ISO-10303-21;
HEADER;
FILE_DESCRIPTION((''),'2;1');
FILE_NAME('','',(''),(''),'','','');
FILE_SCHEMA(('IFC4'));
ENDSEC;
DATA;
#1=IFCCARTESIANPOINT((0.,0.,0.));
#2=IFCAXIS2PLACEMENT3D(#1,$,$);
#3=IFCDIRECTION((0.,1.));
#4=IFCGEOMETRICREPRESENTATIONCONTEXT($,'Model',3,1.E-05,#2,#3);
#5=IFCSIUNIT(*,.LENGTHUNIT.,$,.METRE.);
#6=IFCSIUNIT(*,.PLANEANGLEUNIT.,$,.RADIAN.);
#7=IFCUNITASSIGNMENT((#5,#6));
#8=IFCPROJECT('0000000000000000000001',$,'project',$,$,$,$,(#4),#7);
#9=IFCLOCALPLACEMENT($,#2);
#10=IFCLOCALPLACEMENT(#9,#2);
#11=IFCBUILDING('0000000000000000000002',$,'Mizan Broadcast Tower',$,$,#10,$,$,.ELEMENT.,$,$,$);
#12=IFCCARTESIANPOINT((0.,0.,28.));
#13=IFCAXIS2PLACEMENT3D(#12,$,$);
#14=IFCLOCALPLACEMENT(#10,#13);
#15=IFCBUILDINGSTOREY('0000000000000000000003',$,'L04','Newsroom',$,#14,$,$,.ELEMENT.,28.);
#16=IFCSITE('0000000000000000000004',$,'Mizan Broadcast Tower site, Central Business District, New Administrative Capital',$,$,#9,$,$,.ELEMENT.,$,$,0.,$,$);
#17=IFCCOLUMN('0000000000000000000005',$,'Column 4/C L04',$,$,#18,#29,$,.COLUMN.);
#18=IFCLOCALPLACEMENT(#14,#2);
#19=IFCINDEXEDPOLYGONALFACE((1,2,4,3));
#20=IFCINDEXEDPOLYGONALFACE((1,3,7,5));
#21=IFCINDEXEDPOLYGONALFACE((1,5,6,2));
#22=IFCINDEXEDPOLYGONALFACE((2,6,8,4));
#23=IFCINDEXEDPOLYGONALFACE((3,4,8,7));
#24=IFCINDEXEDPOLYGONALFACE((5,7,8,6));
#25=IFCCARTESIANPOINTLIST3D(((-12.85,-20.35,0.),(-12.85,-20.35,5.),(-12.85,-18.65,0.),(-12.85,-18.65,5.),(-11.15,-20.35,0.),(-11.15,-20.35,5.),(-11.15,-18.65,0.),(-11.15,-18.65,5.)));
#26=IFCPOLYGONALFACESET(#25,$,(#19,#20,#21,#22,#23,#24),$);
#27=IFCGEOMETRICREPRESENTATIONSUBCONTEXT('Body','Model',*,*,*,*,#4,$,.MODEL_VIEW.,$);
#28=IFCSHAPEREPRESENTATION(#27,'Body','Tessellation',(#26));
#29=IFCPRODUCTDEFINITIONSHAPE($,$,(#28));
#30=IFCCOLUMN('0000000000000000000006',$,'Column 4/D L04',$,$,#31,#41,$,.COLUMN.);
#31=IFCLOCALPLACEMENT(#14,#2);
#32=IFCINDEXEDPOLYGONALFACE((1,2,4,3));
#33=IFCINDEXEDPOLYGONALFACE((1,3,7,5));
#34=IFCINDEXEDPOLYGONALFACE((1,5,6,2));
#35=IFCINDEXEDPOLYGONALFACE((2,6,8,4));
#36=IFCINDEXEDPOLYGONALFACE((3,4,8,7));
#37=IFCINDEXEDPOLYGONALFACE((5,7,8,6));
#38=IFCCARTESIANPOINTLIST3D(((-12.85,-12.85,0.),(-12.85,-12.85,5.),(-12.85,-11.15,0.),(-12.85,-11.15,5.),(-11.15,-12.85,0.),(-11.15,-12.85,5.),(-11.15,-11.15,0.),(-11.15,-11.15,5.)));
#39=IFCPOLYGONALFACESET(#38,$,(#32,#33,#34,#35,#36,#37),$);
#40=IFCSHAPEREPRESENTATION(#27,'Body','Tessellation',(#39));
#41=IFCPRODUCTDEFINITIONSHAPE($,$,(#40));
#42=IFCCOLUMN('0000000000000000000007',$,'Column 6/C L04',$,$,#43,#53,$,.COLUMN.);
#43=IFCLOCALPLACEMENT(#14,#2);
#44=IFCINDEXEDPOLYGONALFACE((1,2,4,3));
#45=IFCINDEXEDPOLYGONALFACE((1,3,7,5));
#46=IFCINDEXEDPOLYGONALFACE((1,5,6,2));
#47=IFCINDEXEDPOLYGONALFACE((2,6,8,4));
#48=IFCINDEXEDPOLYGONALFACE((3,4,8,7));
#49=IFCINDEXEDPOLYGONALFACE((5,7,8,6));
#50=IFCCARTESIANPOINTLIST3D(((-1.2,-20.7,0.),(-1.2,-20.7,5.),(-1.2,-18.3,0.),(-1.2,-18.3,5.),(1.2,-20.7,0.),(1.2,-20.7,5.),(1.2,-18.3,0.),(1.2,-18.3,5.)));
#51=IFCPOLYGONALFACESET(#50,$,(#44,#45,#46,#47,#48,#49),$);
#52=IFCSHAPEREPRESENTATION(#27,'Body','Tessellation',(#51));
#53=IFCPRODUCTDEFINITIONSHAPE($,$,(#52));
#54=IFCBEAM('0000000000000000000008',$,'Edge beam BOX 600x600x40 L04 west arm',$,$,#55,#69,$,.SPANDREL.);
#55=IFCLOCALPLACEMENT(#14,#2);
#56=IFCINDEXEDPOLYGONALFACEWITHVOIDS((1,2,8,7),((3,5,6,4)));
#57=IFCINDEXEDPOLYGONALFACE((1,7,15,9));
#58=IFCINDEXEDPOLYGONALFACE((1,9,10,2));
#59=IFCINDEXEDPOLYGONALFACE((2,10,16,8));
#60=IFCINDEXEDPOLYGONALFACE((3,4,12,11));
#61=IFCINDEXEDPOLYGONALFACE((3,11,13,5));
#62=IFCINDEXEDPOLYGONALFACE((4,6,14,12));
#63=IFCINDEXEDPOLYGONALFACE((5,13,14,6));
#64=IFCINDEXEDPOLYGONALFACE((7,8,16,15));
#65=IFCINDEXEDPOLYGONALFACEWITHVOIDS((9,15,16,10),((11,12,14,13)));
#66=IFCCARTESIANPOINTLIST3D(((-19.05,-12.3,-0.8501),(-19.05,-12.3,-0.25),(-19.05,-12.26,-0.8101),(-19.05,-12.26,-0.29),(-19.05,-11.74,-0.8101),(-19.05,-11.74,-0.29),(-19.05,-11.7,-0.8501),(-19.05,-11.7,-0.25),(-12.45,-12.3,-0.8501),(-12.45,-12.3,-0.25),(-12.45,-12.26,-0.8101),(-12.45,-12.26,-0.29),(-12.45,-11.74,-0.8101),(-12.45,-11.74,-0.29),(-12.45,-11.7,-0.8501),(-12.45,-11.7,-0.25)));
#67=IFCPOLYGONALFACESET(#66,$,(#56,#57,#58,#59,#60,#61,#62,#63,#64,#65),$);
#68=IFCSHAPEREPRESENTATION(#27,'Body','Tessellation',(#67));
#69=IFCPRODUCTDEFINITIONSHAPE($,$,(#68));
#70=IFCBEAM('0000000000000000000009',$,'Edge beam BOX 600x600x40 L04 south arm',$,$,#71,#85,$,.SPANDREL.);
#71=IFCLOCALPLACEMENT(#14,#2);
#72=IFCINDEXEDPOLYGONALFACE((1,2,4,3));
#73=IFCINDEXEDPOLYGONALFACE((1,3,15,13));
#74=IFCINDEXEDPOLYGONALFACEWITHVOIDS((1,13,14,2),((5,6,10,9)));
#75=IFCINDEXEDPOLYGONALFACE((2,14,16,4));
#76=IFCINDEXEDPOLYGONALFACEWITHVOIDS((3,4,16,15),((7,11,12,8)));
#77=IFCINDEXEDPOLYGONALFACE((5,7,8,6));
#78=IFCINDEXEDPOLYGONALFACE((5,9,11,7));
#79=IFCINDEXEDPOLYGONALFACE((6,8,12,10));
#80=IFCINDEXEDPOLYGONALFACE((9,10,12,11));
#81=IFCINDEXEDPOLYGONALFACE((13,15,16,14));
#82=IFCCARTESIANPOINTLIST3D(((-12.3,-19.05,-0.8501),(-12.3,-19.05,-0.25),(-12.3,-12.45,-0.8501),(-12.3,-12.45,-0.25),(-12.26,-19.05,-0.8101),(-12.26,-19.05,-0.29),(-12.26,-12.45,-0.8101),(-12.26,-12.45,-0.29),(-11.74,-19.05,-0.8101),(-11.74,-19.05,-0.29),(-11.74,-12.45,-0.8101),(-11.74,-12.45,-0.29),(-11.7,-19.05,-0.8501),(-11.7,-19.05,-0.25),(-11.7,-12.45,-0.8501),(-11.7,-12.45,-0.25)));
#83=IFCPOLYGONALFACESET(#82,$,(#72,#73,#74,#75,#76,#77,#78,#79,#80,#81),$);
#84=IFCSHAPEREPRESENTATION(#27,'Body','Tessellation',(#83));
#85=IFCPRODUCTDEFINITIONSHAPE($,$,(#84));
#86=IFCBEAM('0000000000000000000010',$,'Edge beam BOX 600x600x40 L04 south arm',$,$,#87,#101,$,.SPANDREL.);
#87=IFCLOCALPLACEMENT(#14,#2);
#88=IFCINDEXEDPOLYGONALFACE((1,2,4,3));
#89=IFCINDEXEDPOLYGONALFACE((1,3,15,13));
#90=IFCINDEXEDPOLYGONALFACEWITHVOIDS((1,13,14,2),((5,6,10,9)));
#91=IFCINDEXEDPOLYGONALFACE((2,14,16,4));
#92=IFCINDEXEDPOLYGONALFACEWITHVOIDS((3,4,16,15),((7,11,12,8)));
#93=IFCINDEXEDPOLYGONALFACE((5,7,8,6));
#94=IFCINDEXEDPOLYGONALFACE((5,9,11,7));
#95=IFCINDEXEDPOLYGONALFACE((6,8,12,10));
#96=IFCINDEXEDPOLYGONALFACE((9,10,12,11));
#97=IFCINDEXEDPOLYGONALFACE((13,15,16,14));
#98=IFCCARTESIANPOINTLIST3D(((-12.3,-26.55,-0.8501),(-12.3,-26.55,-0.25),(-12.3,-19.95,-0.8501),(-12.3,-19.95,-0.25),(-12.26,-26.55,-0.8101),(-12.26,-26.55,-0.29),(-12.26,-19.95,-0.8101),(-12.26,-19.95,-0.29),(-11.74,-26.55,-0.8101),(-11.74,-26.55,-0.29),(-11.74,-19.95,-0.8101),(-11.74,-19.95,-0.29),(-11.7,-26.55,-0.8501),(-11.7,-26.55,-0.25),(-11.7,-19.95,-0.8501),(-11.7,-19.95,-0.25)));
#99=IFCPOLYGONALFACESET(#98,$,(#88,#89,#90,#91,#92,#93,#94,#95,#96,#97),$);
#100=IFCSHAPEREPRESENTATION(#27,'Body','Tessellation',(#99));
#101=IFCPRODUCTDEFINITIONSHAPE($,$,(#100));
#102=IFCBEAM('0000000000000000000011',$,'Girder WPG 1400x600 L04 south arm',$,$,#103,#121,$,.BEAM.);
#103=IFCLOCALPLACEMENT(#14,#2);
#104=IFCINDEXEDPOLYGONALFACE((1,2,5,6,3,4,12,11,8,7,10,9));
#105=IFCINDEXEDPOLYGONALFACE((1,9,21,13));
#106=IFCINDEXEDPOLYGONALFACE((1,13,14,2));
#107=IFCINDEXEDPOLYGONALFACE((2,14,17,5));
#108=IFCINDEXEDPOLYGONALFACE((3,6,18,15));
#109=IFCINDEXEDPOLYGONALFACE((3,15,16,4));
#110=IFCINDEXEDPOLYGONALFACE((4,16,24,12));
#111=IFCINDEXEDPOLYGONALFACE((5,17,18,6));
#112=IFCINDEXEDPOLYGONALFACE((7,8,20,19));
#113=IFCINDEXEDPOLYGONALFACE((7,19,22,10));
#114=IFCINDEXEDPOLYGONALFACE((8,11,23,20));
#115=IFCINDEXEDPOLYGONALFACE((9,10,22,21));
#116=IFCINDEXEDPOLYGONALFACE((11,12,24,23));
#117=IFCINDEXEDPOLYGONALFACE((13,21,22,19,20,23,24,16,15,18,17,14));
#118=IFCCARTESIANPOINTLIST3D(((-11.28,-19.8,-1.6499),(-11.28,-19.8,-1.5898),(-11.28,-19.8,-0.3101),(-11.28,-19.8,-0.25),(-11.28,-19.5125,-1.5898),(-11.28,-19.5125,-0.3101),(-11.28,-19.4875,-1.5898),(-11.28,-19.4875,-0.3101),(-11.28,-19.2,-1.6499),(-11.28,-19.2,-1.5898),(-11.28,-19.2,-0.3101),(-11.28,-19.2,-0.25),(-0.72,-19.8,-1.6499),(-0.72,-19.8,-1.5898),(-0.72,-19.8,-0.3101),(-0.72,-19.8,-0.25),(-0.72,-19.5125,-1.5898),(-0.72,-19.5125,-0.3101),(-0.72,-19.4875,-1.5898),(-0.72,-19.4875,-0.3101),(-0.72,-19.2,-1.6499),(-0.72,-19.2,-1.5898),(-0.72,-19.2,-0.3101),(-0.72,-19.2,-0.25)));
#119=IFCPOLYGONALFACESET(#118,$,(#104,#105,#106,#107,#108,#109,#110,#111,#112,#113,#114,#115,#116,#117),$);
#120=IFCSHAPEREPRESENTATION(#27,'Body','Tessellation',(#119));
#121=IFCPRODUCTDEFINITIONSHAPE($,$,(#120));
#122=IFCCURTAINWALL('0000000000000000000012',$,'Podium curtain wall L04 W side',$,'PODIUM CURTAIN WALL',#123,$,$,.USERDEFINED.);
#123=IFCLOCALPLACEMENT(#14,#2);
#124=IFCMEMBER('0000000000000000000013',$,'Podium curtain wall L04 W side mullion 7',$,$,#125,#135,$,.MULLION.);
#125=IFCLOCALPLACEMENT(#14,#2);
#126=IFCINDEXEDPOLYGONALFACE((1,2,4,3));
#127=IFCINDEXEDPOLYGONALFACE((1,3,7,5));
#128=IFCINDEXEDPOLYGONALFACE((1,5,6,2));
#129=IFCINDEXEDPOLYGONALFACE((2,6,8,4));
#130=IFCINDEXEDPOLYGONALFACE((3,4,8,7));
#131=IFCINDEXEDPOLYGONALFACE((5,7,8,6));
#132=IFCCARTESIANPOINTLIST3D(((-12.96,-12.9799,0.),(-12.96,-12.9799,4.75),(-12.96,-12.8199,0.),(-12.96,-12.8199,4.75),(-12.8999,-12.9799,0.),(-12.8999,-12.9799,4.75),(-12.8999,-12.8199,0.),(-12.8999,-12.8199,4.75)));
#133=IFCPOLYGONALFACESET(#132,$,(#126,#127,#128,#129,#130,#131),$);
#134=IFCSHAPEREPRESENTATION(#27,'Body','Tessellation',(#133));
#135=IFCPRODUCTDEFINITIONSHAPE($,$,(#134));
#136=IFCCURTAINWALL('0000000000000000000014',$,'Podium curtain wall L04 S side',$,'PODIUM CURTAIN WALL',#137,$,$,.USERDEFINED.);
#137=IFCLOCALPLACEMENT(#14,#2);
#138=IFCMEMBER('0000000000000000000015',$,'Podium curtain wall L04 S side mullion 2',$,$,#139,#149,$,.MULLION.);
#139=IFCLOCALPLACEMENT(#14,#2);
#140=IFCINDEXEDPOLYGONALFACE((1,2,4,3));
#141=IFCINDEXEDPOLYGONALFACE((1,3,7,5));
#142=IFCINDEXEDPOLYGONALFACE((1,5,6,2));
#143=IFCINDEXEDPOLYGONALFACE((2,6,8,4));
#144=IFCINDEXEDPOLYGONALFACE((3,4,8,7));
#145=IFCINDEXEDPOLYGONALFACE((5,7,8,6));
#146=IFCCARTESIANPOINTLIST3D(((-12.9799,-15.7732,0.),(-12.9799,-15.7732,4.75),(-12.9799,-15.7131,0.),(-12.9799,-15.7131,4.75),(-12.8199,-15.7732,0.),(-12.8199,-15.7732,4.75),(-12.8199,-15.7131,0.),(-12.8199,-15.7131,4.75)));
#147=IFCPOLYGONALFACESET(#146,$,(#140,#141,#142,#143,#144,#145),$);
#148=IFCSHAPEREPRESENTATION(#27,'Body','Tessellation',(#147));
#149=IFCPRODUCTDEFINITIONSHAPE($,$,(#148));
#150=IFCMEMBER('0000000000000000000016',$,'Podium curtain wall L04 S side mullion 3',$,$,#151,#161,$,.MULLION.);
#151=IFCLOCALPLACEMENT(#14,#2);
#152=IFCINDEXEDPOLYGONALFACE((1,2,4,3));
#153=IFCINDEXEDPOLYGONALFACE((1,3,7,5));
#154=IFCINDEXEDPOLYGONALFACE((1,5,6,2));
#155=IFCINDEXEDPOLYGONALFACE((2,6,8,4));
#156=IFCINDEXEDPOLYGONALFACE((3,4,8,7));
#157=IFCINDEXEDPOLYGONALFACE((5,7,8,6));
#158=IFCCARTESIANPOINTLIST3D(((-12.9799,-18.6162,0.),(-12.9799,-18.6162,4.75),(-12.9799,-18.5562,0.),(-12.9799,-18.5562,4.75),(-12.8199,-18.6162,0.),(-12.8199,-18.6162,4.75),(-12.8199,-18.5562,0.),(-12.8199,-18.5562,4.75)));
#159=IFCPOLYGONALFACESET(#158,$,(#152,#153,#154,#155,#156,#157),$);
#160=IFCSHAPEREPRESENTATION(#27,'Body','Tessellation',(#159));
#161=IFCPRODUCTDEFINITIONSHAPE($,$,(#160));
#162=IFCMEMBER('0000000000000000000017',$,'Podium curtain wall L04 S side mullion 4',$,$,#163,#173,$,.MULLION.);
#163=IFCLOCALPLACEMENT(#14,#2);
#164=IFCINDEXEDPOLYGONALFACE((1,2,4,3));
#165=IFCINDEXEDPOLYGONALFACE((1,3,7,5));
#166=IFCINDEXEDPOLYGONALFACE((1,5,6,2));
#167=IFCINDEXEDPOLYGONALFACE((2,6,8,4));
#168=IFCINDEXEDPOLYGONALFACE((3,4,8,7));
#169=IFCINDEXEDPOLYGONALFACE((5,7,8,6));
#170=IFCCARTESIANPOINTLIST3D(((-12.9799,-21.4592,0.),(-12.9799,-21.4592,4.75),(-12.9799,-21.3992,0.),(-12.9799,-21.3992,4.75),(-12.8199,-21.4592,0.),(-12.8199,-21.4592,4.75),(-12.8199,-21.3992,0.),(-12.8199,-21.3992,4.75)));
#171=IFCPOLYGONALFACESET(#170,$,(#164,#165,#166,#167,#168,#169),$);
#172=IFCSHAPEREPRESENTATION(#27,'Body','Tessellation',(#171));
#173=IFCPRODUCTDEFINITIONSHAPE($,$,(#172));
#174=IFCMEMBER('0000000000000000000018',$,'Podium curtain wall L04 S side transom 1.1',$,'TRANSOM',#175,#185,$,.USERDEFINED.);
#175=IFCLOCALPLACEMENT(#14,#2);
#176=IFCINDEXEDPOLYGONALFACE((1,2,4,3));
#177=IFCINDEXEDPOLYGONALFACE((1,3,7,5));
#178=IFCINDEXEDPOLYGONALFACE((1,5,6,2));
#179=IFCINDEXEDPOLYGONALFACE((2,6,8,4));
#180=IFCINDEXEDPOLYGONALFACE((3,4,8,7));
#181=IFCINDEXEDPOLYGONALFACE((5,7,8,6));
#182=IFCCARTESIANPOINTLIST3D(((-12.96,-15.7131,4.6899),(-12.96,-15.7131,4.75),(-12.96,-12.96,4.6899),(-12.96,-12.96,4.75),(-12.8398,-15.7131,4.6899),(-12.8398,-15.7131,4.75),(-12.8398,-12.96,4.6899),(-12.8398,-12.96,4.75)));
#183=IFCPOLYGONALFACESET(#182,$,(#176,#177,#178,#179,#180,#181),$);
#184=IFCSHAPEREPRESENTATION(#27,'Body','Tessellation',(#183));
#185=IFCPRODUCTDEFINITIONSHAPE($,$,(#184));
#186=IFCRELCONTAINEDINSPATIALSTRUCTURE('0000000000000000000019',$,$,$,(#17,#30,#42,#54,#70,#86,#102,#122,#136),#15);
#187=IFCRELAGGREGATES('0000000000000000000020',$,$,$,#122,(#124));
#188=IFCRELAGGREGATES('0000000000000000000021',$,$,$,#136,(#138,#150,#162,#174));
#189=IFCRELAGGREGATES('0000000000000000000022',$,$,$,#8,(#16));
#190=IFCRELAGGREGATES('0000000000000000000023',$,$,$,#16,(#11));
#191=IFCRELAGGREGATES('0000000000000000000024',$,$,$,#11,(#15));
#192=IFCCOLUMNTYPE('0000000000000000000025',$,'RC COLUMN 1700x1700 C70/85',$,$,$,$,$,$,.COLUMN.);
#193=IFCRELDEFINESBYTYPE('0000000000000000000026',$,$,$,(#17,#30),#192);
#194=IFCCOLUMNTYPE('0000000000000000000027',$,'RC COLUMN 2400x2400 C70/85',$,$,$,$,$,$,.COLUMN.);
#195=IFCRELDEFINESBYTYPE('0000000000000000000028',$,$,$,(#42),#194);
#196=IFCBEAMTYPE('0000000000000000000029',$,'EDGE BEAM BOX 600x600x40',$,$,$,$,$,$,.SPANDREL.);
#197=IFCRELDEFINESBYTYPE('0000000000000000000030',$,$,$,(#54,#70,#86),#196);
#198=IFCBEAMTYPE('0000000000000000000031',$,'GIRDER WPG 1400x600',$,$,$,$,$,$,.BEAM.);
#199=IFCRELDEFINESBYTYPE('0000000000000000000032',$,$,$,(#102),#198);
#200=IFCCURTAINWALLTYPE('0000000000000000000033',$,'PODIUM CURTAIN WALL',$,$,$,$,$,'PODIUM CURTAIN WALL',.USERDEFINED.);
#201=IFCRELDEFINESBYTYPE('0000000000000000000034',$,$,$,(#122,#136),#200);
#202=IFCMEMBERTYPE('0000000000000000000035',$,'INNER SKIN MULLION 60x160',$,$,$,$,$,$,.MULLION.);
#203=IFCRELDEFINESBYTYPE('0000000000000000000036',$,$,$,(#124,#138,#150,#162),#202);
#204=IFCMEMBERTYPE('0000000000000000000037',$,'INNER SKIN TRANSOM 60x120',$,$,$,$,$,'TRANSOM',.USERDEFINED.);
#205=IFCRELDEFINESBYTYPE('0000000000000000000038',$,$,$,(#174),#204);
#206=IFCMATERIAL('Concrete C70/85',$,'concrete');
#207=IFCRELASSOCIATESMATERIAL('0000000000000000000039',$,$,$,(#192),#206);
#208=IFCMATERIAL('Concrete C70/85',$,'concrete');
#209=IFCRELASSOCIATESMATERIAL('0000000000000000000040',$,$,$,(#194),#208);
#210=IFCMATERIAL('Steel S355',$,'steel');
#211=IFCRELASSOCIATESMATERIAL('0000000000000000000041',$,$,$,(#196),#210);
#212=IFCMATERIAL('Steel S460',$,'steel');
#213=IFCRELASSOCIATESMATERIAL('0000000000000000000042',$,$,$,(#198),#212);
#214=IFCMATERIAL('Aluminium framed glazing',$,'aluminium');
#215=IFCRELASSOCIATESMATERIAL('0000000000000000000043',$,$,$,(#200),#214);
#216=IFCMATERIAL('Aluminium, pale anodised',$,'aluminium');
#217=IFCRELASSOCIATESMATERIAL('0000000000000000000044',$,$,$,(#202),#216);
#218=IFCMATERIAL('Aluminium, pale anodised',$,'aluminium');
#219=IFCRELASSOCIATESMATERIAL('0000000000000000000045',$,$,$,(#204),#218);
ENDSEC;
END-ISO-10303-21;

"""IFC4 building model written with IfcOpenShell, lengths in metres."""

from ifc_helpers import new_model, si_unit, direction, frame, origin, origin_2d, place, context, subcontext, project, spatial, rectangle, hollow_rectangle, i_section, extrude, material, material_profile, profile_set, type_object, element, aggregate, save


model = new_model("IFC4")

# Units and contexts
model_context = context("Model", 3, precision=1e-05, world=origin(), true_north=direction((0.0, 1.0)))
body_context = subcontext(model_context, "Body", "Model", "MODEL_VIEW")
ifc_project = project(units=[si_unit("LENGTHUNIT", "METRE"), si_unit("PLANEANGLEUNIT", "RADIAN")], contexts=[model_context])

# Site, building, storey
site_placement = place(None, origin())
site = spatial("IfcSite", under=ifc_project, at=site_placement, Name="Mizan Broadcast Tower site, Central Business District, New Administrative Capital", CompositionType="ELEMENT", RefElevation=0.0)
building_placement = place(site_placement, origin())
building = spatial("IfcBuilding", under=site, at=building_placement, Name="Mizan Broadcast Tower", CompositionType="ELEMENT")
storey_placement = place(building_placement, frame((0.0, 0.0, 28.0)))
storey = spatial("IfcBuildingStorey", under=building, at=storey_placement, Name="L04", Description="Newsroom", CompositionType="ELEMENT", Elevation=28.0)

# Columns
ifc_material_1 = material(Name="Concrete C70/85", Category="concrete")
ifc_material_profile_1 = material_profile(ifc_material_1, rectangle(XDim=1.7, YDim=1.7, at=origin_2d()), Name="RC 1700x1700")
ifc_profile_set_1 = profile_set([ifc_material_profile_1], Name="Concrete C70/85")
column_type_1 = type_object("IfcColumnType", Name="RC COLUMN 1700x1700 C70/85", PredefinedType="COLUMN", material=ifc_profile_set_1)
for number, where, z_axis, x_axis, name in (
    (1, (-12.0, -19.5, 0.0), (0.0, 0.0, 1.0), (1.0, 0.0, 0.0), "Column 4/C L04"),
    (2, (-12.0, -12.0, 0.0), (0.0, 0.0, 1.0), (1.0, 0.0, 0.0), "Column 4/D L04"),
):
    element("IfcColumn", number, at=place(storey_placement, frame(where, z_axis=z_axis, x_axis=x_axis)), inside=storey, type_object=column_type_1, Name=name, PredefinedType="COLUMN", context=body_context, shape_type="SweptSolid", body=[
        extrude(rectangle(XDim=1.7, YDim=1.7, at=origin_2d()), origin(), (0.0, 0.0, 1.0), 5.0),
    ])
ifc_material_2 = material(Name="Concrete C70/85", Category="concrete")
ifc_material_profile_2 = material_profile(ifc_material_2, rectangle(XDim=2.3999, YDim=2.3999, at=origin_2d()), Name="RC 2400x2400")
ifc_profile_set_2 = profile_set([ifc_material_profile_2], Name="Concrete C70/85")
column_type_2 = type_object("IfcColumnType", Name="RC COLUMN 2400x2400 C70/85", PredefinedType="COLUMN", material=ifc_profile_set_2)
column_placement = place(storey_placement, frame((0.0, -19.5, 0.0), z_axis=(0.0, 0.0, 1.0), x_axis=(1.0, 0.0, 0.0)))
element("IfcColumn", 3, at=column_placement, inside=storey, type_object=column_type_2, Name="Column 6/C L04", PredefinedType="COLUMN", context=body_context, shape_type="SweptSolid", body=[
    extrude(rectangle(XDim=2.3999, YDim=2.3999, at=origin_2d()), origin(), (0.0, 0.0, 1.0), 5.0),
])

# Beams
ifc_material_3 = material(Name="Steel S355", Category="steel")
ifc_material_profile_3 = material_profile(ifc_material_3, hollow_rectangle(XDim=0.6001, YDim=0.6001, WallThickness=0.04, at=origin_2d()), Name="BOX 600x600x40")
ifc_profile_set_3 = profile_set([ifc_material_profile_3], Name="Steel S355")
beam_type_1 = type_object("IfcBeamType", Name="EDGE BEAM BOX 600x600x40", PredefinedType="SPANDREL", material=ifc_profile_set_3)
for number, where, z_axis, x_axis, name in (
    (4, (-12.45, -12.0, -0.55), (-1.0, 0.0, 0.0), (0.0, -1.0, 0.0), "Edge beam BOX 600x600x40 L04 west arm"),
    (5, (-12.0, -12.45, -0.55), (0.0, -1.0, 0.0), (1.0, 0.0, 0.0), "Edge beam BOX 600x600x40 L04 south arm"),
    (6, (-12.0, -19.95, -0.55), (0.0, -1.0, 0.0), (1.0, 0.0, 0.0), "Edge beam BOX 600x600x40 L04 south arm"),
):
    element("IfcBeam", number, at=place(storey_placement, frame(where, z_axis=z_axis, x_axis=x_axis)), inside=storey, type_object=beam_type_1, Name=name, PredefinedType="SPANDREL", context=body_context, shape_type="SweptSolid", body=[
        extrude(hollow_rectangle(XDim=0.6001, YDim=0.6001, WallThickness=0.04, at=origin_2d()), origin(), (0.0, 0.0, 1.0), 6.6001),
    ])
ifc_material_4 = material(Name="Steel S460", Category="steel")
ifc_material_profile_4 = material_profile(ifc_material_4, i_section(OverallWidth=0.6001, OverallDepth=1.3999, WebThickness=0.0249, FlangeThickness=0.0601, at=origin_2d()), Name="WPG 1400x600")
ifc_profile_set_4 = profile_set([ifc_material_profile_4], Name="Steel S460")
beam_type_2 = type_object("IfcBeamType", Name="GIRDER WPG 1400x600", PredefinedType="BEAM", material=ifc_profile_set_4)
beam_1_placement = place(storey_placement, frame((-11.28, -19.5, -0.95), z_axis=(1.0, 0.0, 0.0), x_axis=(0.0, 1.0, 0.0)))
element("IfcBeam", 7, at=beam_1_placement, inside=storey, type_object=beam_type_2, Name="Girder WPG 1400x600 L04 south arm", PredefinedType="BEAM", context=body_context, shape_type="SweptSolid", body=[
    extrude(i_section(OverallWidth=0.6001, OverallDepth=1.3999, WebThickness=0.0249, FlangeThickness=0.0601, at=origin_2d()), origin(), (0.0, 0.0, 1.0), 10.5601),
])

# Curtain wall, member
ifc_material_5 = material(Name="Aluminium framed glazing", Category="aluminium")
curtain_wall_type_1 = type_object("IfcCurtainWallType", Name="PODIUM CURTAIN WALL", ElementType="PODIUM CURTAIN WALL", PredefinedType="USERDEFINED", material=ifc_material_5)
curtain_wall_1_placement = place(storey_placement, origin())
curtain_wall_1 = element("IfcCurtainWall", 8, at=curtain_wall_1_placement, inside=storey, type_object=curtain_wall_type_1, Name="Podium curtain wall L04 W side", ObjectType="PODIUM CURTAIN WALL", PredefinedType="USERDEFINED")
ifc_material_6 = material(Name="Aluminium, pale anodised", Category="aluminium")
ifc_material_profile_5 = material_profile(ifc_material_6, rectangle(XDim=0.1599, YDim=0.0601, at=origin_2d()), Name="MULLION 160x60")
ifc_profile_set_5 = profile_set([ifc_material_profile_5], Name="Aluminium, pale anodised")
member_type_1 = type_object("IfcMemberType", Name="INNER SKIN MULLION 60x160", PredefinedType="MULLION", material=ifc_profile_set_5)
member_1_placement = place(storey_placement, frame((-12.9299, -12.8999, 0.0), z_axis=(0.0, 0.0, 1.0), x_axis=(0.0, 1.0, 0.0)))
member_1 = element("IfcMember", 9, at=member_1_placement, type_object=member_type_1, Name="Podium curtain wall L04 W side mullion 7", PredefinedType="MULLION", context=body_context, shape_type="SweptSolid", body=[
    extrude(rectangle(XDim=0.1599, YDim=0.0601, at=origin_2d()), origin(), (0.0, 0.0, 1.0), 4.75),
])
aggregate(curtain_wall_1, [member_1])

# Curtain wall, members
curtain_wall_2_placement = place(storey_placement, origin())
curtain_wall_2 = element("IfcCurtainWall", 10, at=curtain_wall_2_placement, inside=storey, type_object=curtain_wall_type_1, Name="Podium curtain wall L04 S side", ObjectType="PODIUM CURTAIN WALL", PredefinedType="USERDEFINED")
member_2_placement = place(storey_placement, frame((-12.8999, -15.7432, 0.0), z_axis=(0.0, 0.0, 1.0), x_axis=(1.0, 0.0, 0.0)))
member_2 = element("IfcMember", 11, at=member_2_placement, type_object=member_type_1, Name="Podium curtain wall L04 S side mullion 2", PredefinedType="MULLION", context=body_context, shape_type="SweptSolid", body=[
    extrude(rectangle(XDim=0.1599, YDim=0.0601, at=origin_2d()), origin(), (0.0, 0.0, 1.0), 4.75),
])
member_3_placement = place(storey_placement, frame((-12.8999, -18.5862, 0.0), z_axis=(0.0, 0.0, 1.0), x_axis=(1.0, 0.0, 0.0)))
member_3 = element("IfcMember", 12, at=member_3_placement, type_object=member_type_1, Name="Podium curtain wall L04 S side mullion 3", PredefinedType="MULLION", context=body_context, shape_type="SweptSolid", body=[
    extrude(rectangle(XDim=0.1599, YDim=0.0601, at=origin_2d()), origin(), (0.0, 0.0, 1.0), 4.75),
])
member_4_placement = place(storey_placement, frame((-12.8999, -21.4292, 0.0), z_axis=(0.0, 0.0, 1.0), x_axis=(1.0, 0.0, 0.0)))
member_4 = element("IfcMember", 13, at=member_4_placement, type_object=member_type_1, Name="Podium curtain wall L04 S side mullion 4", PredefinedType="MULLION", context=body_context, shape_type="SweptSolid", body=[
    extrude(rectangle(XDim=0.1599, YDim=0.0601, at=origin_2d()), origin(), (0.0, 0.0, 1.0), 4.75),
])
ifc_material_7 = material(Name="Aluminium, pale anodised", Category="aluminium")
ifc_material_profile_6 = material_profile(ifc_material_7, rectangle(XDim=0.1201, YDim=0.0601, at=origin_2d()), Name="TRANSOM 120x60")
ifc_profile_set_6 = profile_set([ifc_material_profile_6], Name="Aluminium, pale anodised")
member_type_2 = type_object("IfcMemberType", Name="INNER SKIN TRANSOM 60x120", ElementType="TRANSOM", PredefinedType="USERDEFINED", material=ifc_profile_set_6)
member_5_placement = place(storey_placement, frame((-12.8999, -12.96, 4.72), z_axis=(0.0, -1.0, 0.0), x_axis=(1.0, 0.0, 0.0)))
member_5 = element("IfcMember", 14, at=member_5_placement, type_object=member_type_2, Name="Podium curtain wall L04 S side transom 1.1", ObjectType="TRANSOM", PredefinedType="USERDEFINED", context=body_context, shape_type="SweptSolid", body=[
    extrude(rectangle(XDim=0.1201, YDim=0.0601, at=origin_2d()), origin(), (0.0, 0.0, 1.0), 2.7532),
])

aggregate(curtain_wall_2, [member_2, member_3, member_4, member_5])

save(model, "model.ifc")
